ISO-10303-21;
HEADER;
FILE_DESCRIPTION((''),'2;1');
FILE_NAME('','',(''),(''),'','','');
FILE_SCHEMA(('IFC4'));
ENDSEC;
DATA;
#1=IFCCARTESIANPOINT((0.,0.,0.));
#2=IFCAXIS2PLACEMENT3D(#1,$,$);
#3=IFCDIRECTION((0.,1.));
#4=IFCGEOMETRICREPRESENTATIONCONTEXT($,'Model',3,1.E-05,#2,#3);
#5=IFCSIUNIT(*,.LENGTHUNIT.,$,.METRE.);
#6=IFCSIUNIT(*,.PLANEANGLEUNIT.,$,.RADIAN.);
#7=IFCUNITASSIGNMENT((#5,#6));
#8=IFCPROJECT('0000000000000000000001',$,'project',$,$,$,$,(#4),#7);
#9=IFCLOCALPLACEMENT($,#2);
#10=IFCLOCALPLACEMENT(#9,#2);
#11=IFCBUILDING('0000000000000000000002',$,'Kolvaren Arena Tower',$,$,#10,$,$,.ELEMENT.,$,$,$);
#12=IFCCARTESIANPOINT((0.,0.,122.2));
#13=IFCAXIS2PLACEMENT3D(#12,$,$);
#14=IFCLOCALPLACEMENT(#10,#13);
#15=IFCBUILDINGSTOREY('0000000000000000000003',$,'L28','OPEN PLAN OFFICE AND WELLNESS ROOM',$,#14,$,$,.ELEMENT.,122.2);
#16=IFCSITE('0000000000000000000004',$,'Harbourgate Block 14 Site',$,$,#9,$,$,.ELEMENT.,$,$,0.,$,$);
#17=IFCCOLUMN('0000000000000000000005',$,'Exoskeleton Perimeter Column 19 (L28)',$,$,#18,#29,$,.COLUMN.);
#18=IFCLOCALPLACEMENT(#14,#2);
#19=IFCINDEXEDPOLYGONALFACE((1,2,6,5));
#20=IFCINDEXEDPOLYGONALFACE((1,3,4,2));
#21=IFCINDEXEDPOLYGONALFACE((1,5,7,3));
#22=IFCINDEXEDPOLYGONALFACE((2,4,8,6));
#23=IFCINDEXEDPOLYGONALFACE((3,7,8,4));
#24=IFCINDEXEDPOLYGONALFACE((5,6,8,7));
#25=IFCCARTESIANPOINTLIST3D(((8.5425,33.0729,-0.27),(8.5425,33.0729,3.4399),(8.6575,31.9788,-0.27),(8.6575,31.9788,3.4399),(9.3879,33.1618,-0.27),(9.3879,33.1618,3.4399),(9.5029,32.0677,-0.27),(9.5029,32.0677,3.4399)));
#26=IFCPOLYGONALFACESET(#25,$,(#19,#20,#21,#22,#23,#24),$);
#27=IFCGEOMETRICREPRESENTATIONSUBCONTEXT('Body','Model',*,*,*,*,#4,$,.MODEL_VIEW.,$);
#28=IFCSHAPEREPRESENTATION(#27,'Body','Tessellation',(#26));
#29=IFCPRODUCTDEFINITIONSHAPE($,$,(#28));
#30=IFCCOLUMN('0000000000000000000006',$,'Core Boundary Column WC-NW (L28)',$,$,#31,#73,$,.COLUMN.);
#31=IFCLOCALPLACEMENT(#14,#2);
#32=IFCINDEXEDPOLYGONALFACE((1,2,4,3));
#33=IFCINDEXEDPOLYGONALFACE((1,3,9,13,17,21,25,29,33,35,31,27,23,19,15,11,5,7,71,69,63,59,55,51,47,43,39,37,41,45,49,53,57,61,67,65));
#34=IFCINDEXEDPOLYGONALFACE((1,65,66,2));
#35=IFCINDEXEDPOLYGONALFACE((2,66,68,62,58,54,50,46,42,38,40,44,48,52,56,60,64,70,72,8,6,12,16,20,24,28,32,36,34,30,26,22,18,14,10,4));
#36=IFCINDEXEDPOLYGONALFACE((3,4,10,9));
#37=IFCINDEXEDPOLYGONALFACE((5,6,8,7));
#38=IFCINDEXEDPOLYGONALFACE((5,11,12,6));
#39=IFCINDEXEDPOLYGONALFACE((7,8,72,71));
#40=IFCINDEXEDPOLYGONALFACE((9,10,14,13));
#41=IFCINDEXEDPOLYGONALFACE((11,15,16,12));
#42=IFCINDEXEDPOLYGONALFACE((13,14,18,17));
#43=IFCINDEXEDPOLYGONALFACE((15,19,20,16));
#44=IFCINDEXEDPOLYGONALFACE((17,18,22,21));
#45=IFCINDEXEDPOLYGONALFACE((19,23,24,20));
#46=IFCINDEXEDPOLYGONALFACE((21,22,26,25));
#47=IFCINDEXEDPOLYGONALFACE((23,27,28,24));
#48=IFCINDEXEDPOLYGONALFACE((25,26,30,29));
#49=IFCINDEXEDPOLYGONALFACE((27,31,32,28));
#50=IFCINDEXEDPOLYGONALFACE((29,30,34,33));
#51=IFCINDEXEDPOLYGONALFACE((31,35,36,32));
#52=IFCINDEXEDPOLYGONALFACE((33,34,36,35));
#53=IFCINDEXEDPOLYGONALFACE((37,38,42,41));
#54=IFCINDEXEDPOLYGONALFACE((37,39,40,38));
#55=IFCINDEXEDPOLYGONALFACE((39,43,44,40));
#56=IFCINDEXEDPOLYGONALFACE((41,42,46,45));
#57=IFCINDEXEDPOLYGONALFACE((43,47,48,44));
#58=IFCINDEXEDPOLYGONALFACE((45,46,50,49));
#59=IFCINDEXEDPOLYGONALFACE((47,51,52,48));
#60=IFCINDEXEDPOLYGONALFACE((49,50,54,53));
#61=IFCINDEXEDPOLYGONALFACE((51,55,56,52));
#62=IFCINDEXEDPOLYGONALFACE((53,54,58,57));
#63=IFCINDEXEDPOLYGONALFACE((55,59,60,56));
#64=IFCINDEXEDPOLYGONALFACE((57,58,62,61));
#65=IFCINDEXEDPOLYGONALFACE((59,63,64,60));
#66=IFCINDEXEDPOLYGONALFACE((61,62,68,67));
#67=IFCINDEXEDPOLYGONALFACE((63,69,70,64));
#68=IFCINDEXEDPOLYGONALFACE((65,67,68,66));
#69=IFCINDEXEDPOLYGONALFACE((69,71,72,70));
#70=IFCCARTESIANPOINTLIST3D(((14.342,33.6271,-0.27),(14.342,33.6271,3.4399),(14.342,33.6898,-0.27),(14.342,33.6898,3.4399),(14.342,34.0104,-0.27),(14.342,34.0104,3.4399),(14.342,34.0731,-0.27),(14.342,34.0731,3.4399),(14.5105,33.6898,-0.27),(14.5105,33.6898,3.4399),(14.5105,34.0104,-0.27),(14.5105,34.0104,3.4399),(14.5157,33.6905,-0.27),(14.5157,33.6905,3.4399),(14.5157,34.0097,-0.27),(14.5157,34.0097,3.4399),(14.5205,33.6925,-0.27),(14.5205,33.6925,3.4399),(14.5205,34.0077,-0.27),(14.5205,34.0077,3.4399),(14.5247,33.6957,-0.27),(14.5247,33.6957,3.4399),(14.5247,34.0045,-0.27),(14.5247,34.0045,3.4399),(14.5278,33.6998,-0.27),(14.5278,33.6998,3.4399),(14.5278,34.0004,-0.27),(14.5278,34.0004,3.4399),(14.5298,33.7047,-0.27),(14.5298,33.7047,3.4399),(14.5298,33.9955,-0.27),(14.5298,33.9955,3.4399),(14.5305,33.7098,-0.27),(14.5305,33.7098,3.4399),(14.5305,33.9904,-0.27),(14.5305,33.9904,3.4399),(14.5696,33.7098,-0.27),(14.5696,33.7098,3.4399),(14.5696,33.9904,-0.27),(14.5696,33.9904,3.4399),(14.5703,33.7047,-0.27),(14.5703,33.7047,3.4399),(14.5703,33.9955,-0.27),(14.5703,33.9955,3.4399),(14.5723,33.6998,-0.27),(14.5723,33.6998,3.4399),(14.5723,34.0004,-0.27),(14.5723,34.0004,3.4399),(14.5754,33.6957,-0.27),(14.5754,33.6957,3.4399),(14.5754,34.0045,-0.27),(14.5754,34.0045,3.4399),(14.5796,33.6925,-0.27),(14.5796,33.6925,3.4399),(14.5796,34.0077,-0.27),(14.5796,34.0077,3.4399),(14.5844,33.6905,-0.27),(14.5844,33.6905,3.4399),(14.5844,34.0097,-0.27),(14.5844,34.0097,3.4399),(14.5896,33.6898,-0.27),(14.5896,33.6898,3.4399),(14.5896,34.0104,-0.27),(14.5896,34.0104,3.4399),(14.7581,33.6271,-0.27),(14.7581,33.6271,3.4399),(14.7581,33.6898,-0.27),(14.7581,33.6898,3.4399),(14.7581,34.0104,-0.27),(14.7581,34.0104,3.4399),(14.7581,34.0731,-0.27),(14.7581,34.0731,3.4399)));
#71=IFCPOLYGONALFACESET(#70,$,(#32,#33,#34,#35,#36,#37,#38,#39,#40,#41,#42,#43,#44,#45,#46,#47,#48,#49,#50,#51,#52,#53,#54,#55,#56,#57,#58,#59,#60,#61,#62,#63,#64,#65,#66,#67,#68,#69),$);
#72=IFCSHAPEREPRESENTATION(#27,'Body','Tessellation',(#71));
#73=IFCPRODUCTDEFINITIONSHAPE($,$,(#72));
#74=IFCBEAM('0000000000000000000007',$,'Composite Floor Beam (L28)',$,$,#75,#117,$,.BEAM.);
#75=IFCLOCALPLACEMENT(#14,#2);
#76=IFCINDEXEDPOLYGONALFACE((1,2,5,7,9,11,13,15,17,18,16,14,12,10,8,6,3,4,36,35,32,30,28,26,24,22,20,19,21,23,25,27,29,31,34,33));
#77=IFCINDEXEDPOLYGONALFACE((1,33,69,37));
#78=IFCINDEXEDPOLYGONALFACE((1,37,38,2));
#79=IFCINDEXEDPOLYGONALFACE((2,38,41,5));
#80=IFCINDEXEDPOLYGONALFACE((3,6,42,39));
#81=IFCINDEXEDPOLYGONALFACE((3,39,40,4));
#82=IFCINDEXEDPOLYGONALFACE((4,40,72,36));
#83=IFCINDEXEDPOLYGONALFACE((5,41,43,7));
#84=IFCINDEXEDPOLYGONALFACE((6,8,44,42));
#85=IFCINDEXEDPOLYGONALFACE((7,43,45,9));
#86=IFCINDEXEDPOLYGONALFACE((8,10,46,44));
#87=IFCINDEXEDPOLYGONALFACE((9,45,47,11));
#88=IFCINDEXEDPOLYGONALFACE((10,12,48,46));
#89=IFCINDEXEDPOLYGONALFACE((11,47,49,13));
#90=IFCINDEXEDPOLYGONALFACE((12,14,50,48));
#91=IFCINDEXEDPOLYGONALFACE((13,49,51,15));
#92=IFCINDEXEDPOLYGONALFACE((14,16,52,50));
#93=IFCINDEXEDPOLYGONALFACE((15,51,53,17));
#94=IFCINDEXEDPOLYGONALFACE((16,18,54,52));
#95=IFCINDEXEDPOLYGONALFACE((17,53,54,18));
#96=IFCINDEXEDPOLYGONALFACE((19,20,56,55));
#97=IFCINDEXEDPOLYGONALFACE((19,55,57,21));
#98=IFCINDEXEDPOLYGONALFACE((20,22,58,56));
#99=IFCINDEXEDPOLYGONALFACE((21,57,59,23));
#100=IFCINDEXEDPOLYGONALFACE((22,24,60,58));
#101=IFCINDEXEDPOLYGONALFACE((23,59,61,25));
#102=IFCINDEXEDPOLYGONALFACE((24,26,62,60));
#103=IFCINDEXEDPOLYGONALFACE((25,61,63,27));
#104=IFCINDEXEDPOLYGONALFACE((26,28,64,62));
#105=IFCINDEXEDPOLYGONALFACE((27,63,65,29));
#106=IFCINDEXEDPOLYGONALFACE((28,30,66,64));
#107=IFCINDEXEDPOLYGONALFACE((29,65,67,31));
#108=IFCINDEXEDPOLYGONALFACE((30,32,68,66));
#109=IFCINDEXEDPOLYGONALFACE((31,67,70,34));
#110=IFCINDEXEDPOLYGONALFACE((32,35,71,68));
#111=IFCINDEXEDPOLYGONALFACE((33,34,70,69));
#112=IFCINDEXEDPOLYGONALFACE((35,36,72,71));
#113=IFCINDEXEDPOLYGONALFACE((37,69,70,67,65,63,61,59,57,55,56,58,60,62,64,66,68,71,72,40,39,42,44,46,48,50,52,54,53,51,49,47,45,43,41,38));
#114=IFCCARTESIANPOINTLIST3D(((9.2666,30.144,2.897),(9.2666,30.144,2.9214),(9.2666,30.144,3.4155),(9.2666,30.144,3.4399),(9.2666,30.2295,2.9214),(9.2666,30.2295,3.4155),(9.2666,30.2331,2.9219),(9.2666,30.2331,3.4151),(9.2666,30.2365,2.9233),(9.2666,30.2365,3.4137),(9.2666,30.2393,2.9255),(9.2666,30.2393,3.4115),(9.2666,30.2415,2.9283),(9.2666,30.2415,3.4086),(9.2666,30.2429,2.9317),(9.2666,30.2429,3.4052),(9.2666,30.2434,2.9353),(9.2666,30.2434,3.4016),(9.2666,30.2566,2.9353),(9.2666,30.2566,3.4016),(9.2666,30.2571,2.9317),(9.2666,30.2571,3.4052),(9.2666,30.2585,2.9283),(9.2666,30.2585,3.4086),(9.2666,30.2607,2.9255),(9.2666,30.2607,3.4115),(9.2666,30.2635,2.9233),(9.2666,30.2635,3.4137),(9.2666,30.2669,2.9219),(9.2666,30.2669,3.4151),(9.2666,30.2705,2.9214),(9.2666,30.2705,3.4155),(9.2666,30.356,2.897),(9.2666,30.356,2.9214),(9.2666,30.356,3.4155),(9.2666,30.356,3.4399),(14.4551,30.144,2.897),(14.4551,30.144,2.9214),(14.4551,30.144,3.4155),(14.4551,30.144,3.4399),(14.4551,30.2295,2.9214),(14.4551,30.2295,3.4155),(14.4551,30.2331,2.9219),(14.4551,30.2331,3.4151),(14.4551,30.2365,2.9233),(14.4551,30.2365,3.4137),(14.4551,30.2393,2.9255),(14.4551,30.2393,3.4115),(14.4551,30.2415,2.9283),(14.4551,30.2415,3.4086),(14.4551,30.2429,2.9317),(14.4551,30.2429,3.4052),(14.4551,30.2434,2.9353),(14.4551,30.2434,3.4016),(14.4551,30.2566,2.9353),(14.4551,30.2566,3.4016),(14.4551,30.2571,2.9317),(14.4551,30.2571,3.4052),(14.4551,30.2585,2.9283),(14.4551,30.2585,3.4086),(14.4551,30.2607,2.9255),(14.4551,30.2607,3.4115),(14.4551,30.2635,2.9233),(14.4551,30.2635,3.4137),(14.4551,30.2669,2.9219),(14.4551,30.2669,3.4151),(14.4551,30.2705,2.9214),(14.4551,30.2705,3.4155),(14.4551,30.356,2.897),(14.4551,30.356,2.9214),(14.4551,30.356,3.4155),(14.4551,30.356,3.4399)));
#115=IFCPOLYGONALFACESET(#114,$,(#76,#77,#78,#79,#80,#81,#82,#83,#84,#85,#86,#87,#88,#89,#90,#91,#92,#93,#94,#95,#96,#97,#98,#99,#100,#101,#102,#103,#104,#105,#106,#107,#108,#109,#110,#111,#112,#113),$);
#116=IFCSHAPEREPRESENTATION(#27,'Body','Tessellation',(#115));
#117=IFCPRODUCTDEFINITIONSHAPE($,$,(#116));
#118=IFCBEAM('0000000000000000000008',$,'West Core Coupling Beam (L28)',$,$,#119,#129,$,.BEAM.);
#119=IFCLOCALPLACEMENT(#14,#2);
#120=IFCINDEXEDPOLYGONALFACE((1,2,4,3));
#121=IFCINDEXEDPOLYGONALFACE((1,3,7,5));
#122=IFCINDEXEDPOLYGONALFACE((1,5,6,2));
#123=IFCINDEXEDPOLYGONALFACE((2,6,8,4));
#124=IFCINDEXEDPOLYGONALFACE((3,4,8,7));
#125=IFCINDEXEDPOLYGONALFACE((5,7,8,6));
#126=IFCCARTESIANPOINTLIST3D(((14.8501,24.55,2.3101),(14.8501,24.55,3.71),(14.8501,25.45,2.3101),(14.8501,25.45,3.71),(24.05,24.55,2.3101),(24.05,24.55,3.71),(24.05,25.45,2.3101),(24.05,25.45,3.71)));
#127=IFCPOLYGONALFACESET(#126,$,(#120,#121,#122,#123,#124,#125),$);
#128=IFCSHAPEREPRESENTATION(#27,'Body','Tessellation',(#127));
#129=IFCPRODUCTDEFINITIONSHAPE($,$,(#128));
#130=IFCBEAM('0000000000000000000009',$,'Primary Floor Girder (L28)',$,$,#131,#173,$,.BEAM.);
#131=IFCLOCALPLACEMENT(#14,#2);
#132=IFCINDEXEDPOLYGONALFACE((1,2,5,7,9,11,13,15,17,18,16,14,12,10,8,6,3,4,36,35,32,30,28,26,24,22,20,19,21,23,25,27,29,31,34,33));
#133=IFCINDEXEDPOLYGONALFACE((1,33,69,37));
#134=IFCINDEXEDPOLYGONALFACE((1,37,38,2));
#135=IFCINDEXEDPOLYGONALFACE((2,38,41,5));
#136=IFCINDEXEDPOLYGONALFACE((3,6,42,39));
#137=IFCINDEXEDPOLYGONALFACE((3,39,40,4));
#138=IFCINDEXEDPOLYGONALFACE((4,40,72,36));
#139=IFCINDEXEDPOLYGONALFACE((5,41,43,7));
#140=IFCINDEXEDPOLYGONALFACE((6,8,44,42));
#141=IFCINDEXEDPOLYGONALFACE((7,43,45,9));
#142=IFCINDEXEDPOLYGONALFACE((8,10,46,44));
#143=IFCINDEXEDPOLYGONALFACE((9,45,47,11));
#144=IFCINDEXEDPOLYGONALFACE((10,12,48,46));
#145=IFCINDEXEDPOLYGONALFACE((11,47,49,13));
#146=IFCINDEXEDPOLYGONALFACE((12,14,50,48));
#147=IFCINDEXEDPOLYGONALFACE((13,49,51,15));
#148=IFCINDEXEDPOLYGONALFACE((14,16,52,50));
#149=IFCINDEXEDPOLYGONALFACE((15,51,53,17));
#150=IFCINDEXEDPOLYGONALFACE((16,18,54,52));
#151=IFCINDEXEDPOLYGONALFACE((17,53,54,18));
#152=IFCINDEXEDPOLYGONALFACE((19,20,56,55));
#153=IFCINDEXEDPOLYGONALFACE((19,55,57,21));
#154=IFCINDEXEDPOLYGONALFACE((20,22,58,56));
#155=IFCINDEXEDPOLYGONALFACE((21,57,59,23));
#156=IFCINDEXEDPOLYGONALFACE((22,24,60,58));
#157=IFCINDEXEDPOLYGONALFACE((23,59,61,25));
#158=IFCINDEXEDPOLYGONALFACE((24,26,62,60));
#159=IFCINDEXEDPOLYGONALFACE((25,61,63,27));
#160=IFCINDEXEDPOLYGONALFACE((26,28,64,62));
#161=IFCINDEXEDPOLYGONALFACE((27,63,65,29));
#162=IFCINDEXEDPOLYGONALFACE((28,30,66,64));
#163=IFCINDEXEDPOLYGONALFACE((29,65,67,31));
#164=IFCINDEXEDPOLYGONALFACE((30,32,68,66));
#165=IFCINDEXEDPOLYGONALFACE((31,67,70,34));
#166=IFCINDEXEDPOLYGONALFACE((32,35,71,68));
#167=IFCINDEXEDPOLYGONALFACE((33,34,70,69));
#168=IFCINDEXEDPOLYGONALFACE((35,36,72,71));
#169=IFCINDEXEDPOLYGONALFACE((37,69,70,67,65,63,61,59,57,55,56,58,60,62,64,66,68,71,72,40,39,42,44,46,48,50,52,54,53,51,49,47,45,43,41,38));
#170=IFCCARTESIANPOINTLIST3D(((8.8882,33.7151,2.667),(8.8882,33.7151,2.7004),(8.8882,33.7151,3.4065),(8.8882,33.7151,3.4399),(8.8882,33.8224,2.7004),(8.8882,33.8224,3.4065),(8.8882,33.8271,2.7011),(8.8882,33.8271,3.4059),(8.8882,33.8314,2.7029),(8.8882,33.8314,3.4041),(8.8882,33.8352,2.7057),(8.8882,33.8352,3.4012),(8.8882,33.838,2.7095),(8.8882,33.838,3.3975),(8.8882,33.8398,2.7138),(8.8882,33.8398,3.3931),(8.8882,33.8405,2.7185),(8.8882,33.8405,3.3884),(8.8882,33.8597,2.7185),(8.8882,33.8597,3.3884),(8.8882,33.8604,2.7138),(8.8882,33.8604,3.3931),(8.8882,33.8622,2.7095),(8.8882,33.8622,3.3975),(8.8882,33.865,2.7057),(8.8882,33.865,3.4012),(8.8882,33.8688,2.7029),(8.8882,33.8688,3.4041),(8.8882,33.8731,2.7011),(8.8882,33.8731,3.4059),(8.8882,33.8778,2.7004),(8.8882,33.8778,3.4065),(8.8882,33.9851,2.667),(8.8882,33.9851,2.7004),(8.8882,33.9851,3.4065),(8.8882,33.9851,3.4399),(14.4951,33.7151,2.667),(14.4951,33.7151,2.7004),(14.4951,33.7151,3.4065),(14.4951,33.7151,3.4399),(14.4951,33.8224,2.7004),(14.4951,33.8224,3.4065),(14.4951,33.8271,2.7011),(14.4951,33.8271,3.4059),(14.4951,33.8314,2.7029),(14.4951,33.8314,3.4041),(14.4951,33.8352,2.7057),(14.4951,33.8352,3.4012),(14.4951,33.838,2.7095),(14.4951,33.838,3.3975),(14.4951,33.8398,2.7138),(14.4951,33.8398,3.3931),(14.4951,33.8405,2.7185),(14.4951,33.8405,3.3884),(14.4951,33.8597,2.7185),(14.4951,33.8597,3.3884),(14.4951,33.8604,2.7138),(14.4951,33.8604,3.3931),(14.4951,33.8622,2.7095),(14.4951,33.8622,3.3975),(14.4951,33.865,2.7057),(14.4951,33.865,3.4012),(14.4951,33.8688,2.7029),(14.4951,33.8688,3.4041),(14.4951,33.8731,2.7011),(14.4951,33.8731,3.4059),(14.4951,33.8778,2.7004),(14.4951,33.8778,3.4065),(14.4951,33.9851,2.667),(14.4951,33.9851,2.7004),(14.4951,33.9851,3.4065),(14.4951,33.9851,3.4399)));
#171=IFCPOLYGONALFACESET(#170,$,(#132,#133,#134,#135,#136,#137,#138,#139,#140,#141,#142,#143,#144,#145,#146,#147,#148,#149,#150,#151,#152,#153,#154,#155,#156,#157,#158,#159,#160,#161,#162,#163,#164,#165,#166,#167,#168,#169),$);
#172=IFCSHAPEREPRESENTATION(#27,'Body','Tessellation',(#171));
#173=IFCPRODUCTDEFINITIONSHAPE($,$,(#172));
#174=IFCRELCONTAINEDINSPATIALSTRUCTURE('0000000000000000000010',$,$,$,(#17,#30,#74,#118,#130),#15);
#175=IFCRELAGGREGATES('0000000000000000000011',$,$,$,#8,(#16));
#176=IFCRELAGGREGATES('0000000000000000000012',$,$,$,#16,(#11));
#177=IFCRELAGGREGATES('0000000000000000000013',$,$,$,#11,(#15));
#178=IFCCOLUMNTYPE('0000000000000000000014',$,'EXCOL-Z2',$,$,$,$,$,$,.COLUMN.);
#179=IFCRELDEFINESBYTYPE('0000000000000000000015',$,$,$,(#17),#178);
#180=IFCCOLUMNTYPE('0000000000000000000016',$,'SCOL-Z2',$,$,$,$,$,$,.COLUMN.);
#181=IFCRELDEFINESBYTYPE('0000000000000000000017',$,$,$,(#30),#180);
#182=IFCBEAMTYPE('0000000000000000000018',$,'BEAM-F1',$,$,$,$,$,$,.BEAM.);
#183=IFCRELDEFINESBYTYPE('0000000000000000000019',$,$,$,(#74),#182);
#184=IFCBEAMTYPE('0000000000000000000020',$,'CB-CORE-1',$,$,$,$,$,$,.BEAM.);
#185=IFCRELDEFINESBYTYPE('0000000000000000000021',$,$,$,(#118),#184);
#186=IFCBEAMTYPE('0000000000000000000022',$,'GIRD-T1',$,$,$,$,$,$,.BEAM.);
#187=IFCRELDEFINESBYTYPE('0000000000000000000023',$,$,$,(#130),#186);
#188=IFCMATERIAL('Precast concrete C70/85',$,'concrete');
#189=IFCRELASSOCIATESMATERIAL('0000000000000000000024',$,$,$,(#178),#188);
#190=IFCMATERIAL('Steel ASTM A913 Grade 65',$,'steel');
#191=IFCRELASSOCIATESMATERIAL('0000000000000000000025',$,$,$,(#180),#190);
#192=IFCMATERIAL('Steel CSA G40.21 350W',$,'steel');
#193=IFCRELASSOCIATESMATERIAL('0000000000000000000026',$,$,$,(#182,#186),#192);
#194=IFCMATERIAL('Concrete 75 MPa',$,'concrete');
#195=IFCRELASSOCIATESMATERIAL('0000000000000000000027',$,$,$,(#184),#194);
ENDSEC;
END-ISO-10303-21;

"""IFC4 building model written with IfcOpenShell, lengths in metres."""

from ifc_helpers import new_model, si_unit, direction, frame, origin, origin_2d, place, context, subcontext, project, spatial, rectangle, i_section, extrude, material, material_profile, profile_set, type_object, element, save


model = new_model("IFC4")

# Units and contexts
model_context = context("Model", 3, precision=1e-05, world=origin(), true_north=direction((0.0, 1.0)))
body_context = subcontext(model_context, "Body", "Model", "MODEL_VIEW")
ifc_project = project(units=[si_unit("LENGTHUNIT", "METRE"), si_unit("PLANEANGLEUNIT", "RADIAN")], contexts=[model_context])

# Site, building, storey
site_placement = place(None, origin())
site = spatial("IfcSite", under=ifc_project, at=site_placement, Name="Harbourgate Block 14 Site", CompositionType="ELEMENT", RefElevation=0.0)
building_placement = place(site_placement, origin())
building = spatial("IfcBuilding", under=site, at=building_placement, Name="Kolvaren Arena Tower", CompositionType="ELEMENT")
storey_placement = place(building_placement, frame((0.0, 0.0, 122.2)))
storey = spatial("IfcBuildingStorey", under=building, at=storey_placement, Name="L28", Description="OPEN PLAN OFFICE AND WELLNESS ROOM", CompositionType="ELEMENT", Elevation=122.2)

# Columns
ifc_material_1 = material(Name="Precast concrete C70/85", Category="concrete")
ifc_material_profile_1 = material_profile(ifc_material_1, rectangle(XDim=1.1001, YDim=0.8501, at=origin_2d()), Name="RC-1100x850")
ifc_profile_set_1 = profile_set([ifc_material_profile_1], Name="Precast concrete C70/85")
column_type_1 = type_object("IfcColumnType", Name="EXCOL-Z2", PredefinedType="COLUMN", material=ifc_profile_set_1)
column_1_placement = place(storey_placement, frame((9.0227, 32.5703, -0.27), z_axis=(0.0, 0.0, 1.0), x_axis=(-0.104528, 0.994522, 0.0)))
element("IfcColumn", 1, at=column_1_placement, inside=storey, type_object=column_type_1, Name="Exoskeleton Perimeter Column 19 (L28)", PredefinedType="COLUMN", context=body_context, shape_type="SweptSolid", body=[
    extrude(rectangle(XDim=1.1001, YDim=0.8501, at=origin_2d()), origin(), (0.0, 0.0, 1.0), 3.71),
])
ifc_material_2 = material(Name="Steel ASTM A913 Grade 65", Category="steel")
ifc_material_profile_2 = material_profile(ifc_material_2, i_section(OverallWidth=0.416, OverallDepth=0.446, WebThickness=0.0391, FlangeThickness=0.0627, FilletRadius=0.02, at=origin_2d()), Name="W360x509")
ifc_profile_set_2 = profile_set([ifc_material_profile_2], Name="Steel ASTM A913 Grade 65")
column_type_2 = type_object("IfcColumnType", Name="SCOL-Z2", PredefinedType="COLUMN", material=ifc_profile_set_2)
column_2_placement = place(storey_placement, frame((14.55, 33.8501, -0.27), z_axis=(0.0, 0.0, 1.0), x_axis=(1.0, 0.0, 0.0)))
element("IfcColumn", 2, at=column_2_placement, inside=storey, type_object=column_type_2, Name="Core Boundary Column WC-NW (L28)", PredefinedType="COLUMN", context=body_context, shape_type="SweptSolid", body=[
    extrude(i_section(OverallWidth=0.416, OverallDepth=0.446, WebThickness=0.0391, FlangeThickness=0.0627, FilletRadius=0.02, at=origin_2d()), origin(), (0.0, 0.0, 1.0), 3.71),
])

# Beams
ifc_material_3 = material(Name="Steel CSA G40.21 350W", Category="steel")
ifc_material_profile_3 = material_profile(ifc_material_3, i_section(OverallWidth=0.2119, OverallDepth=0.543, WebThickness=0.0132, FlangeThickness=0.0244, FilletRadius=0.0139, at=origin_2d()), Name="W530x150")
ifc_profile_set_3 = profile_set([ifc_material_profile_3], Name="Steel CSA G40.21 350W")
beam_type_1 = type_object("IfcBeamType", Name="BEAM-F1", PredefinedType="BEAM", material=ifc_profile_set_3)
beam_1_placement = place(storey_placement, frame((9.2666, 30.25, 3.1685), z_axis=(1.0, 0.0, 0.0), x_axis=(0.0, 1.0, 0.0)))
element("IfcBeam", 3, at=beam_1_placement, inside=storey, type_object=beam_type_1, Name="Composite Floor Beam (L28)", PredefinedType="BEAM", context=body_context, shape_type="SweptSolid", body=[
    extrude(i_section(OverallWidth=0.2119, OverallDepth=0.543, WebThickness=0.0132, FlangeThickness=0.0244, FilletRadius=0.0139, at=origin_2d()), origin(), (0.0, 0.0, 1.0), 5.1885),
])
ifc_material_4 = material(Name="Concrete 75 MPa", Category="concrete")
ifc_material_profile_4 = material_profile(ifc_material_4, rectangle(XDim=0.8999, YDim=1.3999, at=origin_2d()), Name="RC-900x1400")
ifc_profile_set_4 = profile_set([ifc_material_profile_4], Name="Concrete 75 MPa")
beam_type_2 = type_object("IfcBeamType", Name="CB-CORE-1", PredefinedType="BEAM", material=ifc_profile_set_4)
beam_2_placement = place(storey_placement, frame((14.8501, 25.0, 3.01), z_axis=(1.0, 0.0, 0.0), x_axis=(0.0, 1.0, 0.0)))
element("IfcBeam", 4, at=beam_2_placement, inside=storey, type_object=beam_type_2, Name="West Core Coupling Beam (L28)", PredefinedType="BEAM", context=body_context, shape_type="SweptSolid", body=[
    extrude(rectangle(XDim=0.8999, YDim=1.3999, at=origin_2d()), origin(), (0.0, 0.0, 1.0), 9.2),
])
ifc_material_profile_5 = material_profile(ifc_material_3, i_section(OverallWidth=0.27, OverallDepth=0.7729, WebThickness=0.0193, FlangeThickness=0.0334, FilletRadius=0.0181, at=origin_2d()), Name="W760x257")
ifc_profile_set_5 = profile_set([ifc_material_profile_5], Name="Steel CSA G40.21 350W")
beam_type_3 = type_object("IfcBeamType", Name="GIRD-T1", PredefinedType="BEAM", material=ifc_profile_set_5)
beam_3_placement = place(storey_placement, frame((8.8882, 33.8501, 3.0535), z_axis=(1.0, 0.0, 0.0), x_axis=(0.0, 1.0, 0.0)))
element("IfcBeam", 5, at=beam_3_placement, inside=storey, type_object=beam_type_3, Name="Primary Floor Girder (L28)", PredefinedType="BEAM", context=body_context, shape_type="SweptSolid", body=[
    extrude(i_section(OverallWidth=0.27, OverallDepth=0.7729, WebThickness=0.0193, FlangeThickness=0.0334, FilletRadius=0.0181, at=origin_2d()), origin(), (0.0, 0.0, 1.0), 5.6069),
])

save(model, "model.ifc")
